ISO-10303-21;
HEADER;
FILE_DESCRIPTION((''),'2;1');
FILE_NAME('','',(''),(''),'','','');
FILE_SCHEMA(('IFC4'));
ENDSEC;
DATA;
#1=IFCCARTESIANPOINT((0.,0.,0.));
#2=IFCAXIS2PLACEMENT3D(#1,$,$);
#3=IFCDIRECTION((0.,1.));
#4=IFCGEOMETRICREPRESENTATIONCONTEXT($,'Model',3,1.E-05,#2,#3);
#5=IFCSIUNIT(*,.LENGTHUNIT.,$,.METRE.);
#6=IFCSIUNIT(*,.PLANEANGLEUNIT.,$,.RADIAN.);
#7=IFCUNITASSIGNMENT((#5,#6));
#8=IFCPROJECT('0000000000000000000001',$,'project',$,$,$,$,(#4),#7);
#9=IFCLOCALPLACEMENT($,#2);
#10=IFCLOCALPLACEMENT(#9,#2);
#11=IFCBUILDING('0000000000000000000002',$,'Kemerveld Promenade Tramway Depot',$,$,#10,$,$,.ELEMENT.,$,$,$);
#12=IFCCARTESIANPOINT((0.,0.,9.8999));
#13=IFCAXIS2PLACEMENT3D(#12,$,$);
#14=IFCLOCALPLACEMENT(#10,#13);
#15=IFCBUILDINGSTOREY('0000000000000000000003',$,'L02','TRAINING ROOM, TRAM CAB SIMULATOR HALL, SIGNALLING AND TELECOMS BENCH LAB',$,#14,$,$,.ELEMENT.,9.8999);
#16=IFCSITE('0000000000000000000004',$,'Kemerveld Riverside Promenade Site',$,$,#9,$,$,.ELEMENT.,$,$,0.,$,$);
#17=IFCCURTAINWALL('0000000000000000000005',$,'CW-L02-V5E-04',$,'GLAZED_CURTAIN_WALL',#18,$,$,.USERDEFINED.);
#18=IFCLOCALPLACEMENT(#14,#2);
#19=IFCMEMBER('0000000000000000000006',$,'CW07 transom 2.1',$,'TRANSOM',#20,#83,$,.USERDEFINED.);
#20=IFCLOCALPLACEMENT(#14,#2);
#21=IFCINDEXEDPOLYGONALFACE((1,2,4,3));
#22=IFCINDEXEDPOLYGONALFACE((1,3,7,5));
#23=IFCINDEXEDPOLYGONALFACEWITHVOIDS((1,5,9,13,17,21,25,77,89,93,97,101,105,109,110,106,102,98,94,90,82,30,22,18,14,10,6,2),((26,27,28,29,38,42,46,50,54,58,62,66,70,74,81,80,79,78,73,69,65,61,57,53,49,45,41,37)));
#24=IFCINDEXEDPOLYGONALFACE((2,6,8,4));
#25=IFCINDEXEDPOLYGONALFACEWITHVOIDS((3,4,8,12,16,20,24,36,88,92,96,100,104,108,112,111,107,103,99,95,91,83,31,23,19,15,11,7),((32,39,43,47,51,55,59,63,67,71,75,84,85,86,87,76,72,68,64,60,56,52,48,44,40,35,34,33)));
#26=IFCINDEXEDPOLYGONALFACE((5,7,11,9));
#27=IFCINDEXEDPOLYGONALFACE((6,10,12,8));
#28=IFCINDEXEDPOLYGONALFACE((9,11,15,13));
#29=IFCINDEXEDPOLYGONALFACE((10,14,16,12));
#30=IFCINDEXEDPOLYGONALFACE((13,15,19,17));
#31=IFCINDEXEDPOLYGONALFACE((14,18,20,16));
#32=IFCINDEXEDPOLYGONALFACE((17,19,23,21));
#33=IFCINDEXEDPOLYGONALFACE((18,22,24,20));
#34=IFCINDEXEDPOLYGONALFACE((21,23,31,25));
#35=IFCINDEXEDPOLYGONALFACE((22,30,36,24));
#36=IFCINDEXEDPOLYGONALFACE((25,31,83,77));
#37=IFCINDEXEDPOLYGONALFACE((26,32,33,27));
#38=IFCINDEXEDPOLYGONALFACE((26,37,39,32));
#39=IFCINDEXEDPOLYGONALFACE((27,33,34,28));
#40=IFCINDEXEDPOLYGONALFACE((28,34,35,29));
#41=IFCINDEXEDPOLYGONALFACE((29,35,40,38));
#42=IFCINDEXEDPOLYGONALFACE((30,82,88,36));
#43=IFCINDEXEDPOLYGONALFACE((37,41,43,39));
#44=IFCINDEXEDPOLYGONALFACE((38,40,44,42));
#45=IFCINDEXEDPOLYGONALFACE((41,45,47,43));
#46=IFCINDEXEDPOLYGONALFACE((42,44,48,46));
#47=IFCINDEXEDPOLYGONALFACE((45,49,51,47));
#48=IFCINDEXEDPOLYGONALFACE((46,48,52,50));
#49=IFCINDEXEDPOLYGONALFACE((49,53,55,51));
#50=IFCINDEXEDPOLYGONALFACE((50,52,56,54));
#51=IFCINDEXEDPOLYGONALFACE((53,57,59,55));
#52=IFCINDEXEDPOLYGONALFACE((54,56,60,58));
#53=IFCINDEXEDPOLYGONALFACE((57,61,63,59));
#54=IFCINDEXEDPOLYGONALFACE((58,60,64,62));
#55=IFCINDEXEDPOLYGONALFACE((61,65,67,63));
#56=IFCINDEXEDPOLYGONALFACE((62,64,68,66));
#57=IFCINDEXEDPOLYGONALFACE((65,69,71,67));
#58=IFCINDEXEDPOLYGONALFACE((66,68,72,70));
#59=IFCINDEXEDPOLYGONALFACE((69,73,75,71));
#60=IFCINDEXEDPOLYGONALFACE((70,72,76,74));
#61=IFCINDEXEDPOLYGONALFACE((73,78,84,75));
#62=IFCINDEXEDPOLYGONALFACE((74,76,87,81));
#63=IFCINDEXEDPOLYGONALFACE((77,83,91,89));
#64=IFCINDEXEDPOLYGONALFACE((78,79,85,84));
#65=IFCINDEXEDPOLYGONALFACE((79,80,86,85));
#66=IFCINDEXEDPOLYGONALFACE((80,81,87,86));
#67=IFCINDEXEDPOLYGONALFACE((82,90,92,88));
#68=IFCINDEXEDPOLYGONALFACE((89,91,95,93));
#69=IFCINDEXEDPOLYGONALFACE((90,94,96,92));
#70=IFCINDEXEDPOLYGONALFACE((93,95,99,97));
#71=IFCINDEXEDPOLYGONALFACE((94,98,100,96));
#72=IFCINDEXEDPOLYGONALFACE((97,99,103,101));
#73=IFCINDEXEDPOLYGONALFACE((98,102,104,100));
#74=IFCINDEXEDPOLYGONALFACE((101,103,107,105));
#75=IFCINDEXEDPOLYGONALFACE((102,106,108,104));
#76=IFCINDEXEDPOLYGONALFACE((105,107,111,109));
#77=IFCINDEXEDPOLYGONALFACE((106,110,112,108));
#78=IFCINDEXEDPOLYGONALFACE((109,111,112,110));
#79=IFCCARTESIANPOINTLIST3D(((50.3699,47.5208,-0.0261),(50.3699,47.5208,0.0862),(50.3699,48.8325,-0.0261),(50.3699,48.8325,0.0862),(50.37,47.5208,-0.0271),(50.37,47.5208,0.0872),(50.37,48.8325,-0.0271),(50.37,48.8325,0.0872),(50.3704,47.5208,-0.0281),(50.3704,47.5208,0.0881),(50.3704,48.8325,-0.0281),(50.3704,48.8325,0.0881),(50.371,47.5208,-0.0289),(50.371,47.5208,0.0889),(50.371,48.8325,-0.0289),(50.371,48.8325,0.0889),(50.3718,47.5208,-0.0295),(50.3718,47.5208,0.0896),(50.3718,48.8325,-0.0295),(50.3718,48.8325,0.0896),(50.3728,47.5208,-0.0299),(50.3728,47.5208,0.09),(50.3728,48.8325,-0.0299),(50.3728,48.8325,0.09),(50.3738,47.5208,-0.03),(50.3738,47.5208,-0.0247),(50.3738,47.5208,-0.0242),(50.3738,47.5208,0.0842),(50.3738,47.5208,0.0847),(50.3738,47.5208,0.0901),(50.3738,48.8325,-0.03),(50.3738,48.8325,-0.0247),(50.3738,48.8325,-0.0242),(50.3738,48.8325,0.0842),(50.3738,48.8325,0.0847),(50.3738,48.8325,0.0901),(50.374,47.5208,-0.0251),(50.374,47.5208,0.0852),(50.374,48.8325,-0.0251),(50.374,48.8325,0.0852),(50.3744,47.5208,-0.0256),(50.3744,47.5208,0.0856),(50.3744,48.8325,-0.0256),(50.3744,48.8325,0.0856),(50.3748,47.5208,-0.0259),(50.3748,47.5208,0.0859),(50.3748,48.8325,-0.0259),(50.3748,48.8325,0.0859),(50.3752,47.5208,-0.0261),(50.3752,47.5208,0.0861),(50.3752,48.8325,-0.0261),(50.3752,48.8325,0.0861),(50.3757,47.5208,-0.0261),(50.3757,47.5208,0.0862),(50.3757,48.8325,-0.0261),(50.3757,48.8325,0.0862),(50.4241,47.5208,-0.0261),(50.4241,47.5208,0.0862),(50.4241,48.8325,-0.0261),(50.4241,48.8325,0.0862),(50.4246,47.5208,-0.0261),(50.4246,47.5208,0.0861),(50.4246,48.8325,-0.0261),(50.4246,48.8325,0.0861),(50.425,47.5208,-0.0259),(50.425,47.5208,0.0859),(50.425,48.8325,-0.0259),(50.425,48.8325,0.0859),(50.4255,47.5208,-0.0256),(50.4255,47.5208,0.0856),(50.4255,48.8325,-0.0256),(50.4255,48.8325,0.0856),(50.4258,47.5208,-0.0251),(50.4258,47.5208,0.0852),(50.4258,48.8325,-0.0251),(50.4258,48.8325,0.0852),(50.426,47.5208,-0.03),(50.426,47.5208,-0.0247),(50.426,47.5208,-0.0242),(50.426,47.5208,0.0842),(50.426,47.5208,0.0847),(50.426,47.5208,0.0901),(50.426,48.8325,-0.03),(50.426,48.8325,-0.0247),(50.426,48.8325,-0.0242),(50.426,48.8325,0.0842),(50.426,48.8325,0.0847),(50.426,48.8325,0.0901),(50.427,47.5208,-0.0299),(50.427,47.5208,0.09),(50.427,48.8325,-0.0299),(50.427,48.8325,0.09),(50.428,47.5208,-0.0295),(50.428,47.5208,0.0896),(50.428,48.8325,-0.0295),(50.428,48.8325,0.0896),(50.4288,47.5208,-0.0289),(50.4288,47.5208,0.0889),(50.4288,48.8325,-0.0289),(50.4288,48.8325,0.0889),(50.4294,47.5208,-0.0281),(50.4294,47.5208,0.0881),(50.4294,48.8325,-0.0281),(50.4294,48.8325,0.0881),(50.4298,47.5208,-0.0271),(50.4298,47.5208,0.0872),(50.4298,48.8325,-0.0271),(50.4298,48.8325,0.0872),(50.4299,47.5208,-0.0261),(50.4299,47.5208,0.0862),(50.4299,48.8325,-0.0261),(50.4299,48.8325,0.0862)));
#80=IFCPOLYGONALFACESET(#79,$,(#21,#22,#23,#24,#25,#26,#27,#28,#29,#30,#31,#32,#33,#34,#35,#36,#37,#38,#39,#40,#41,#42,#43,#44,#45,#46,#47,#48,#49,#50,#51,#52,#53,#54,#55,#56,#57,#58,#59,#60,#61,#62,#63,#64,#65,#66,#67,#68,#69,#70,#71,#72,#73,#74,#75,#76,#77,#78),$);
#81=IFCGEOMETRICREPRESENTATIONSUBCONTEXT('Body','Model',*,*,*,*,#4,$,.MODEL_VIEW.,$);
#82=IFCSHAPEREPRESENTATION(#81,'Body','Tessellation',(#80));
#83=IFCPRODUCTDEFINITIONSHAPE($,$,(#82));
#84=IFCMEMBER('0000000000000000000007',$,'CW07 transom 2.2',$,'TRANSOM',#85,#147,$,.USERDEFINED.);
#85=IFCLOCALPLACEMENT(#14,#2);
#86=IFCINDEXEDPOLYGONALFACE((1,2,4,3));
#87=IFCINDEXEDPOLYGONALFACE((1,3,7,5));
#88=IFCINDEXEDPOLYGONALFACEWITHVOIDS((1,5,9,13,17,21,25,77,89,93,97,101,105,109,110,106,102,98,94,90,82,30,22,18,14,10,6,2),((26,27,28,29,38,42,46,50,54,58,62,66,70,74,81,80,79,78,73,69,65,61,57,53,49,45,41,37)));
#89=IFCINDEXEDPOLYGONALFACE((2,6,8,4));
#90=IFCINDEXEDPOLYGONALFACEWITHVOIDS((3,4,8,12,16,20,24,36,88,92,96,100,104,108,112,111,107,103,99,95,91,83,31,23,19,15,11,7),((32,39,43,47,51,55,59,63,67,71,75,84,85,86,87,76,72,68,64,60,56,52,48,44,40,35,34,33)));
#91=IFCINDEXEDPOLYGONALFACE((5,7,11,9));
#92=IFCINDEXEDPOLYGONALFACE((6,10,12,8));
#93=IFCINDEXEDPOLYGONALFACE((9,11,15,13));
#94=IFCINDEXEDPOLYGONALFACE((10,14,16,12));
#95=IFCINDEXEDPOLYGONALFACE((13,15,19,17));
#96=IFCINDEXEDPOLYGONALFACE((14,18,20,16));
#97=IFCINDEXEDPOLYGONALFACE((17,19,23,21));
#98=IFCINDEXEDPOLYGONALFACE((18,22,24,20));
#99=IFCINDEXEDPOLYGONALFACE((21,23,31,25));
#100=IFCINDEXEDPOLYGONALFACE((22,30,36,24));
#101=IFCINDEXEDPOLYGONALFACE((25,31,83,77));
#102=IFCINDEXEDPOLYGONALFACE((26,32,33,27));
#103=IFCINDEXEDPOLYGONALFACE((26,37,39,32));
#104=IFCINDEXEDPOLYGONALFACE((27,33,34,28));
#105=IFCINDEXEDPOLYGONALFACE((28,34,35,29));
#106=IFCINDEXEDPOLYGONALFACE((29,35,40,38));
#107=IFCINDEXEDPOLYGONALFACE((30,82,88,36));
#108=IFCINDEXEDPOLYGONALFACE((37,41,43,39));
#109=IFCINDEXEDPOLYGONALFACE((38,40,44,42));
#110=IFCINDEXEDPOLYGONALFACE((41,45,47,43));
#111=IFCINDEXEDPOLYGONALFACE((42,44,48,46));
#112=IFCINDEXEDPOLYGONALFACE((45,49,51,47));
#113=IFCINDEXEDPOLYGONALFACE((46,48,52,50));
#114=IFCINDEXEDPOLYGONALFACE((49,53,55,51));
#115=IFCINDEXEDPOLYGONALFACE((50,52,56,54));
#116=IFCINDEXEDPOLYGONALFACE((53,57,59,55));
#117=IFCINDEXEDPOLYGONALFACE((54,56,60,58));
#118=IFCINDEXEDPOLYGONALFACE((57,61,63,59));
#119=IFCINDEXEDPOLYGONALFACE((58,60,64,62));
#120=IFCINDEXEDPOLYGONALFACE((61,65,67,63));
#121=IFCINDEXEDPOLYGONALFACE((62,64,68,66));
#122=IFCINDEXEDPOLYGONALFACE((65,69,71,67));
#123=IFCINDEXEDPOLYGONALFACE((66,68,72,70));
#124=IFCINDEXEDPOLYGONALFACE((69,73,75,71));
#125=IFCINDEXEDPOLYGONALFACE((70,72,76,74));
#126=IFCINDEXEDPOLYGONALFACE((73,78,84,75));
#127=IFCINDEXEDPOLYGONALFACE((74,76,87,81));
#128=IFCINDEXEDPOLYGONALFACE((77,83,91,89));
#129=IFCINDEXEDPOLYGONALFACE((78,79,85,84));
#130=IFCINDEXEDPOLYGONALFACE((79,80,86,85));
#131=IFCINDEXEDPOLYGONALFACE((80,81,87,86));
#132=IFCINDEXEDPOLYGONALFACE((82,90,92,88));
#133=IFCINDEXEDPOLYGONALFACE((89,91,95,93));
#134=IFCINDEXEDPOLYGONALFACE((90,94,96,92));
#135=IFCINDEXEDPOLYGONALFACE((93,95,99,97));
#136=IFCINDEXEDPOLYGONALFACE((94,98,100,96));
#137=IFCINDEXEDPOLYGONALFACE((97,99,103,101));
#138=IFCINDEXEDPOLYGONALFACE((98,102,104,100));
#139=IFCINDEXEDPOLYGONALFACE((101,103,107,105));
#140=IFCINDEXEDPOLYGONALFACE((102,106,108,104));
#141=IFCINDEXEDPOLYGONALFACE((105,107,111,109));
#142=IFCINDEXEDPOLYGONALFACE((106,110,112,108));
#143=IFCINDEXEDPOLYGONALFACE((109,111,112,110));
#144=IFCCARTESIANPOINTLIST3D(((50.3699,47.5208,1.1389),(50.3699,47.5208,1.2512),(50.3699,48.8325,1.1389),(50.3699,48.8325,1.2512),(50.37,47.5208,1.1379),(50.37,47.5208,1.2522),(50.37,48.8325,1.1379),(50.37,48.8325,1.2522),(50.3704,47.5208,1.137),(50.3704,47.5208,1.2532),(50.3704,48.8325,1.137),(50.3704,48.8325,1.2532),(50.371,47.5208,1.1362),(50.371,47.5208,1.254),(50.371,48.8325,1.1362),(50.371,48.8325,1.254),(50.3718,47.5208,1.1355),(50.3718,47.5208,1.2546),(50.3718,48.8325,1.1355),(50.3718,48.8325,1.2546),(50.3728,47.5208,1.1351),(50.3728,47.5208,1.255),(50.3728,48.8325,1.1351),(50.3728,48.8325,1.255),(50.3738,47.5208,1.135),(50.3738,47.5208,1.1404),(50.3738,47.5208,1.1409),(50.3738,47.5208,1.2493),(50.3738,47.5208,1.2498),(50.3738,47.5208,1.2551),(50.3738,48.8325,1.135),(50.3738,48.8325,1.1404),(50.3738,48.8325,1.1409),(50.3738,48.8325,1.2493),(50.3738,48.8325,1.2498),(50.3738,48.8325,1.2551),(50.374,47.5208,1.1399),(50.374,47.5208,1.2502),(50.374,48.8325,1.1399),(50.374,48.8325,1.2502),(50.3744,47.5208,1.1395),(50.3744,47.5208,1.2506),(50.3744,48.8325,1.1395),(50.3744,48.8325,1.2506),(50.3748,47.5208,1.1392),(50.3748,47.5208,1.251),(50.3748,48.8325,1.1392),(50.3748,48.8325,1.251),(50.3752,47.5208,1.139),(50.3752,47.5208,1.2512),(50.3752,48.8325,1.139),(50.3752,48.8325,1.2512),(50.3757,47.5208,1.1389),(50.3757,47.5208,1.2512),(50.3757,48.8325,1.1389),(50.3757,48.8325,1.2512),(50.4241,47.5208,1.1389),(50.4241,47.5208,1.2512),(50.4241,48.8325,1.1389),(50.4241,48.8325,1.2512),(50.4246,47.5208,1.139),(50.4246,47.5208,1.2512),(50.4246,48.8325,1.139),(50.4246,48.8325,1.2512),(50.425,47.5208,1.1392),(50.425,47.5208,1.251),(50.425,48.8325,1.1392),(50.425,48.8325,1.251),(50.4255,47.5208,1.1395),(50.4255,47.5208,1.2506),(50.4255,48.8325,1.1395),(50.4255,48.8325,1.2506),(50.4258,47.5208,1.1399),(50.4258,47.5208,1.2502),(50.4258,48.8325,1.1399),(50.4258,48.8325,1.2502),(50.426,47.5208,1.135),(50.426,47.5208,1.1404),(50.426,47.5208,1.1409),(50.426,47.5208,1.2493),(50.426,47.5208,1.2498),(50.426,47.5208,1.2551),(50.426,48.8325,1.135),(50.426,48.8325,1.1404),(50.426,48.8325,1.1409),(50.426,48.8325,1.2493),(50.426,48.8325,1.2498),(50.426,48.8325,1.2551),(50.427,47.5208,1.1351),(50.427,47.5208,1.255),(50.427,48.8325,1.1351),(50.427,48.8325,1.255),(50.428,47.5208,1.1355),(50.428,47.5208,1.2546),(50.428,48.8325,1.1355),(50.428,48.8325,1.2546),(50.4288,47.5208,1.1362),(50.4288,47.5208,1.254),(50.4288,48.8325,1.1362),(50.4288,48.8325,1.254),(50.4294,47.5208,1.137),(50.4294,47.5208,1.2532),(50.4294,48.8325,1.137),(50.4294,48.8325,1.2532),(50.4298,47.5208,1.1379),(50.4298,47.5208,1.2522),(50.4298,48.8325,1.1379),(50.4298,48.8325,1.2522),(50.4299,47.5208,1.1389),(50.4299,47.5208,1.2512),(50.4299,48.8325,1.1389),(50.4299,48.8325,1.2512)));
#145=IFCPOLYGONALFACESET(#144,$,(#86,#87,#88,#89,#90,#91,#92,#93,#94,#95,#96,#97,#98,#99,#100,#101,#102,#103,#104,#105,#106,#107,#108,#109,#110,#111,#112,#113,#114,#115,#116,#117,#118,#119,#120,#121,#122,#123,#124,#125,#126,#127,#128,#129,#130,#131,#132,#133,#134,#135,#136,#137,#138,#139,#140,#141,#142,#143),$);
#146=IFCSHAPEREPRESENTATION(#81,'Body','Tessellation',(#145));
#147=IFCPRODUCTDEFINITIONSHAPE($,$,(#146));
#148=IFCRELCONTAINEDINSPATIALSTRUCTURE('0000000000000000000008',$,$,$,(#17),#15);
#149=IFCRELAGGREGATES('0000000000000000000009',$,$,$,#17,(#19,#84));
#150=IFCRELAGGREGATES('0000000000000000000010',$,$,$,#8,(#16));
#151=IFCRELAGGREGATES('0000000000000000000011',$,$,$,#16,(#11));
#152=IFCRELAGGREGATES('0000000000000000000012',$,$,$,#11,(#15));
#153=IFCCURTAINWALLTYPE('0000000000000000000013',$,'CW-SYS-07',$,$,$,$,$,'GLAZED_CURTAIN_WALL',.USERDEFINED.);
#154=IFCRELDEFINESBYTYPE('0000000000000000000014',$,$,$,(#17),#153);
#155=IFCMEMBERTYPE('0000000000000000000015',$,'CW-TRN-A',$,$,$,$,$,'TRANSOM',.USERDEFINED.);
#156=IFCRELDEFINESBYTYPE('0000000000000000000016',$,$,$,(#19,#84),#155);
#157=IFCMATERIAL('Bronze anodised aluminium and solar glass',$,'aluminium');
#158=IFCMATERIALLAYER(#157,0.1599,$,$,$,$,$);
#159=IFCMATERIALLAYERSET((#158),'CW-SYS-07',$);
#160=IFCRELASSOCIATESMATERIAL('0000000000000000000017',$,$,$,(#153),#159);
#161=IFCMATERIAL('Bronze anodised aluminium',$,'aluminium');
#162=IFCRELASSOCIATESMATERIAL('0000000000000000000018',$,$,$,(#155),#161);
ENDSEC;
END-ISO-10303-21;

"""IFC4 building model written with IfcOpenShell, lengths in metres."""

from ifc_helpers import new_model, si_unit, direction, frame, origin, origin_2d, place, context, subcontext, project, spatial, hollow_rectangle, extrude, material, layer, layer_set, material_profile, profile_set, type_object, element, aggregate, save


model = new_model("IFC4")

# Units and contexts
model_context = context("Model", 3, precision=1e-05, world=origin(), true_north=direction((0.0, 1.0)))
body_context = subcontext(model_context, "Body", "Model", "MODEL_VIEW")
ifc_project = project(units=[si_unit("LENGTHUNIT", "METRE"), si_unit("PLANEANGLEUNIT", "RADIAN")], contexts=[model_context])

# Site, building, storey
site_placement = place(None, origin())
site = spatial("IfcSite", under=ifc_project, at=site_placement, Name="Kemerveld Riverside Promenade Site", CompositionType="ELEMENT", RefElevation=0.0)
building_placement = place(site_placement, origin())
building = spatial("IfcBuilding", under=site, at=building_placement, Name="Kemerveld Promenade Tramway Depot", CompositionType="ELEMENT")
storey_placement = place(building_placement, frame((0.0, 0.0, 9.8999)))
storey = spatial("IfcBuildingStorey", under=building, at=storey_placement, Name="L02", Description="TRAINING ROOM, TRAM CAB SIMULATOR HALL, SIGNALLING AND TELECOMS BENCH LAB", CompositionType="ELEMENT", Elevation=9.8999)

# Curtain wall, members
ifc_material_1 = material(Name="Bronze anodised aluminium and solar glass", Category="aluminium")
ifc_layer_1 = layer(ifc_material_1, 0.1599)
ifc_layer_set_1 = layer_set([ifc_layer_1], Name="CW-SYS-07")
curtain_wall_type = type_object("IfcCurtainWallType", Name="CW-SYS-07", ElementType="GLAZED_CURTAIN_WALL", PredefinedType="USERDEFINED", material=ifc_layer_set_1)
curtain_wall_placement = place(storey_placement, origin())
curtain_wall = element("IfcCurtainWall", 1, at=curtain_wall_placement, inside=storey, type_object=curtain_wall_type, Name="CW-L02-V5E-04", ObjectType="GLAZED_CURTAIN_WALL", PredefinedType="USERDEFINED")
ifc_material_2 = material(Name="Bronze anodised aluminium", Category="aluminium")
ifc_material_profile_1 = material_profile(ifc_material_2, hollow_rectangle(XDim=0.0601, YDim=0.1201, WallThickness=0.0039, InnerFilletRadius=0.002, OuterFilletRadius=0.0039, at=origin_2d()), Name="CW-TRN-120x60")
ifc_profile_set_1 = profile_set([ifc_material_profile_1], Name="Bronze anodised aluminium")
member_type_1 = type_object("IfcMemberType", Name="CW-TRN-A", ElementType="TRANSOM", PredefinedType="USERDEFINED", material=ifc_profile_set_1)
member_1_placement = place(storey_placement, frame((50.3999, 48.8325, 0.03), z_axis=(0.0, -1.0, 0.0), x_axis=(1.0, 0.0, 0.0)))
member_1 = element("IfcMember", 2, at=member_1_placement, type_object=member_type_1, Name="CW07 transom 2.1", ObjectType="TRANSOM", PredefinedType="USERDEFINED", context=body_context, shape_type="SweptSolid", body=[
    extrude(hollow_rectangle(XDim=0.0601, YDim=0.1201, WallThickness=0.0039, InnerFilletRadius=0.002, OuterFilletRadius=0.0039, at=origin_2d()), origin(), (0.0, 0.0, 1.0), 1.3118),
])
member_2_placement = place(storey_placement, frame((50.3999, 48.8325, 1.1951), z_axis=(0.0, -1.0, 0.0), x_axis=(1.0, 0.0, 0.0)))
member_2 = element("IfcMember", 3, at=member_2_placement, type_object=member_type_1, Name="CW07 transom 2.2", ObjectType="TRANSOM", PredefinedType="USERDEFINED", context=body_context, shape_type="SweptSolid", body=[
    extrude(hollow_rectangle(XDim=0.0601, YDim=0.1201, WallThickness=0.0039, InnerFilletRadius=0.002, OuterFilletRadius=0.0039, at=origin_2d()), origin(), (0.0, 0.0, 1.0), 1.3118),
])
aggregate(curtain_wall, [member_1, member_2])

save(model, "model.ifc")
